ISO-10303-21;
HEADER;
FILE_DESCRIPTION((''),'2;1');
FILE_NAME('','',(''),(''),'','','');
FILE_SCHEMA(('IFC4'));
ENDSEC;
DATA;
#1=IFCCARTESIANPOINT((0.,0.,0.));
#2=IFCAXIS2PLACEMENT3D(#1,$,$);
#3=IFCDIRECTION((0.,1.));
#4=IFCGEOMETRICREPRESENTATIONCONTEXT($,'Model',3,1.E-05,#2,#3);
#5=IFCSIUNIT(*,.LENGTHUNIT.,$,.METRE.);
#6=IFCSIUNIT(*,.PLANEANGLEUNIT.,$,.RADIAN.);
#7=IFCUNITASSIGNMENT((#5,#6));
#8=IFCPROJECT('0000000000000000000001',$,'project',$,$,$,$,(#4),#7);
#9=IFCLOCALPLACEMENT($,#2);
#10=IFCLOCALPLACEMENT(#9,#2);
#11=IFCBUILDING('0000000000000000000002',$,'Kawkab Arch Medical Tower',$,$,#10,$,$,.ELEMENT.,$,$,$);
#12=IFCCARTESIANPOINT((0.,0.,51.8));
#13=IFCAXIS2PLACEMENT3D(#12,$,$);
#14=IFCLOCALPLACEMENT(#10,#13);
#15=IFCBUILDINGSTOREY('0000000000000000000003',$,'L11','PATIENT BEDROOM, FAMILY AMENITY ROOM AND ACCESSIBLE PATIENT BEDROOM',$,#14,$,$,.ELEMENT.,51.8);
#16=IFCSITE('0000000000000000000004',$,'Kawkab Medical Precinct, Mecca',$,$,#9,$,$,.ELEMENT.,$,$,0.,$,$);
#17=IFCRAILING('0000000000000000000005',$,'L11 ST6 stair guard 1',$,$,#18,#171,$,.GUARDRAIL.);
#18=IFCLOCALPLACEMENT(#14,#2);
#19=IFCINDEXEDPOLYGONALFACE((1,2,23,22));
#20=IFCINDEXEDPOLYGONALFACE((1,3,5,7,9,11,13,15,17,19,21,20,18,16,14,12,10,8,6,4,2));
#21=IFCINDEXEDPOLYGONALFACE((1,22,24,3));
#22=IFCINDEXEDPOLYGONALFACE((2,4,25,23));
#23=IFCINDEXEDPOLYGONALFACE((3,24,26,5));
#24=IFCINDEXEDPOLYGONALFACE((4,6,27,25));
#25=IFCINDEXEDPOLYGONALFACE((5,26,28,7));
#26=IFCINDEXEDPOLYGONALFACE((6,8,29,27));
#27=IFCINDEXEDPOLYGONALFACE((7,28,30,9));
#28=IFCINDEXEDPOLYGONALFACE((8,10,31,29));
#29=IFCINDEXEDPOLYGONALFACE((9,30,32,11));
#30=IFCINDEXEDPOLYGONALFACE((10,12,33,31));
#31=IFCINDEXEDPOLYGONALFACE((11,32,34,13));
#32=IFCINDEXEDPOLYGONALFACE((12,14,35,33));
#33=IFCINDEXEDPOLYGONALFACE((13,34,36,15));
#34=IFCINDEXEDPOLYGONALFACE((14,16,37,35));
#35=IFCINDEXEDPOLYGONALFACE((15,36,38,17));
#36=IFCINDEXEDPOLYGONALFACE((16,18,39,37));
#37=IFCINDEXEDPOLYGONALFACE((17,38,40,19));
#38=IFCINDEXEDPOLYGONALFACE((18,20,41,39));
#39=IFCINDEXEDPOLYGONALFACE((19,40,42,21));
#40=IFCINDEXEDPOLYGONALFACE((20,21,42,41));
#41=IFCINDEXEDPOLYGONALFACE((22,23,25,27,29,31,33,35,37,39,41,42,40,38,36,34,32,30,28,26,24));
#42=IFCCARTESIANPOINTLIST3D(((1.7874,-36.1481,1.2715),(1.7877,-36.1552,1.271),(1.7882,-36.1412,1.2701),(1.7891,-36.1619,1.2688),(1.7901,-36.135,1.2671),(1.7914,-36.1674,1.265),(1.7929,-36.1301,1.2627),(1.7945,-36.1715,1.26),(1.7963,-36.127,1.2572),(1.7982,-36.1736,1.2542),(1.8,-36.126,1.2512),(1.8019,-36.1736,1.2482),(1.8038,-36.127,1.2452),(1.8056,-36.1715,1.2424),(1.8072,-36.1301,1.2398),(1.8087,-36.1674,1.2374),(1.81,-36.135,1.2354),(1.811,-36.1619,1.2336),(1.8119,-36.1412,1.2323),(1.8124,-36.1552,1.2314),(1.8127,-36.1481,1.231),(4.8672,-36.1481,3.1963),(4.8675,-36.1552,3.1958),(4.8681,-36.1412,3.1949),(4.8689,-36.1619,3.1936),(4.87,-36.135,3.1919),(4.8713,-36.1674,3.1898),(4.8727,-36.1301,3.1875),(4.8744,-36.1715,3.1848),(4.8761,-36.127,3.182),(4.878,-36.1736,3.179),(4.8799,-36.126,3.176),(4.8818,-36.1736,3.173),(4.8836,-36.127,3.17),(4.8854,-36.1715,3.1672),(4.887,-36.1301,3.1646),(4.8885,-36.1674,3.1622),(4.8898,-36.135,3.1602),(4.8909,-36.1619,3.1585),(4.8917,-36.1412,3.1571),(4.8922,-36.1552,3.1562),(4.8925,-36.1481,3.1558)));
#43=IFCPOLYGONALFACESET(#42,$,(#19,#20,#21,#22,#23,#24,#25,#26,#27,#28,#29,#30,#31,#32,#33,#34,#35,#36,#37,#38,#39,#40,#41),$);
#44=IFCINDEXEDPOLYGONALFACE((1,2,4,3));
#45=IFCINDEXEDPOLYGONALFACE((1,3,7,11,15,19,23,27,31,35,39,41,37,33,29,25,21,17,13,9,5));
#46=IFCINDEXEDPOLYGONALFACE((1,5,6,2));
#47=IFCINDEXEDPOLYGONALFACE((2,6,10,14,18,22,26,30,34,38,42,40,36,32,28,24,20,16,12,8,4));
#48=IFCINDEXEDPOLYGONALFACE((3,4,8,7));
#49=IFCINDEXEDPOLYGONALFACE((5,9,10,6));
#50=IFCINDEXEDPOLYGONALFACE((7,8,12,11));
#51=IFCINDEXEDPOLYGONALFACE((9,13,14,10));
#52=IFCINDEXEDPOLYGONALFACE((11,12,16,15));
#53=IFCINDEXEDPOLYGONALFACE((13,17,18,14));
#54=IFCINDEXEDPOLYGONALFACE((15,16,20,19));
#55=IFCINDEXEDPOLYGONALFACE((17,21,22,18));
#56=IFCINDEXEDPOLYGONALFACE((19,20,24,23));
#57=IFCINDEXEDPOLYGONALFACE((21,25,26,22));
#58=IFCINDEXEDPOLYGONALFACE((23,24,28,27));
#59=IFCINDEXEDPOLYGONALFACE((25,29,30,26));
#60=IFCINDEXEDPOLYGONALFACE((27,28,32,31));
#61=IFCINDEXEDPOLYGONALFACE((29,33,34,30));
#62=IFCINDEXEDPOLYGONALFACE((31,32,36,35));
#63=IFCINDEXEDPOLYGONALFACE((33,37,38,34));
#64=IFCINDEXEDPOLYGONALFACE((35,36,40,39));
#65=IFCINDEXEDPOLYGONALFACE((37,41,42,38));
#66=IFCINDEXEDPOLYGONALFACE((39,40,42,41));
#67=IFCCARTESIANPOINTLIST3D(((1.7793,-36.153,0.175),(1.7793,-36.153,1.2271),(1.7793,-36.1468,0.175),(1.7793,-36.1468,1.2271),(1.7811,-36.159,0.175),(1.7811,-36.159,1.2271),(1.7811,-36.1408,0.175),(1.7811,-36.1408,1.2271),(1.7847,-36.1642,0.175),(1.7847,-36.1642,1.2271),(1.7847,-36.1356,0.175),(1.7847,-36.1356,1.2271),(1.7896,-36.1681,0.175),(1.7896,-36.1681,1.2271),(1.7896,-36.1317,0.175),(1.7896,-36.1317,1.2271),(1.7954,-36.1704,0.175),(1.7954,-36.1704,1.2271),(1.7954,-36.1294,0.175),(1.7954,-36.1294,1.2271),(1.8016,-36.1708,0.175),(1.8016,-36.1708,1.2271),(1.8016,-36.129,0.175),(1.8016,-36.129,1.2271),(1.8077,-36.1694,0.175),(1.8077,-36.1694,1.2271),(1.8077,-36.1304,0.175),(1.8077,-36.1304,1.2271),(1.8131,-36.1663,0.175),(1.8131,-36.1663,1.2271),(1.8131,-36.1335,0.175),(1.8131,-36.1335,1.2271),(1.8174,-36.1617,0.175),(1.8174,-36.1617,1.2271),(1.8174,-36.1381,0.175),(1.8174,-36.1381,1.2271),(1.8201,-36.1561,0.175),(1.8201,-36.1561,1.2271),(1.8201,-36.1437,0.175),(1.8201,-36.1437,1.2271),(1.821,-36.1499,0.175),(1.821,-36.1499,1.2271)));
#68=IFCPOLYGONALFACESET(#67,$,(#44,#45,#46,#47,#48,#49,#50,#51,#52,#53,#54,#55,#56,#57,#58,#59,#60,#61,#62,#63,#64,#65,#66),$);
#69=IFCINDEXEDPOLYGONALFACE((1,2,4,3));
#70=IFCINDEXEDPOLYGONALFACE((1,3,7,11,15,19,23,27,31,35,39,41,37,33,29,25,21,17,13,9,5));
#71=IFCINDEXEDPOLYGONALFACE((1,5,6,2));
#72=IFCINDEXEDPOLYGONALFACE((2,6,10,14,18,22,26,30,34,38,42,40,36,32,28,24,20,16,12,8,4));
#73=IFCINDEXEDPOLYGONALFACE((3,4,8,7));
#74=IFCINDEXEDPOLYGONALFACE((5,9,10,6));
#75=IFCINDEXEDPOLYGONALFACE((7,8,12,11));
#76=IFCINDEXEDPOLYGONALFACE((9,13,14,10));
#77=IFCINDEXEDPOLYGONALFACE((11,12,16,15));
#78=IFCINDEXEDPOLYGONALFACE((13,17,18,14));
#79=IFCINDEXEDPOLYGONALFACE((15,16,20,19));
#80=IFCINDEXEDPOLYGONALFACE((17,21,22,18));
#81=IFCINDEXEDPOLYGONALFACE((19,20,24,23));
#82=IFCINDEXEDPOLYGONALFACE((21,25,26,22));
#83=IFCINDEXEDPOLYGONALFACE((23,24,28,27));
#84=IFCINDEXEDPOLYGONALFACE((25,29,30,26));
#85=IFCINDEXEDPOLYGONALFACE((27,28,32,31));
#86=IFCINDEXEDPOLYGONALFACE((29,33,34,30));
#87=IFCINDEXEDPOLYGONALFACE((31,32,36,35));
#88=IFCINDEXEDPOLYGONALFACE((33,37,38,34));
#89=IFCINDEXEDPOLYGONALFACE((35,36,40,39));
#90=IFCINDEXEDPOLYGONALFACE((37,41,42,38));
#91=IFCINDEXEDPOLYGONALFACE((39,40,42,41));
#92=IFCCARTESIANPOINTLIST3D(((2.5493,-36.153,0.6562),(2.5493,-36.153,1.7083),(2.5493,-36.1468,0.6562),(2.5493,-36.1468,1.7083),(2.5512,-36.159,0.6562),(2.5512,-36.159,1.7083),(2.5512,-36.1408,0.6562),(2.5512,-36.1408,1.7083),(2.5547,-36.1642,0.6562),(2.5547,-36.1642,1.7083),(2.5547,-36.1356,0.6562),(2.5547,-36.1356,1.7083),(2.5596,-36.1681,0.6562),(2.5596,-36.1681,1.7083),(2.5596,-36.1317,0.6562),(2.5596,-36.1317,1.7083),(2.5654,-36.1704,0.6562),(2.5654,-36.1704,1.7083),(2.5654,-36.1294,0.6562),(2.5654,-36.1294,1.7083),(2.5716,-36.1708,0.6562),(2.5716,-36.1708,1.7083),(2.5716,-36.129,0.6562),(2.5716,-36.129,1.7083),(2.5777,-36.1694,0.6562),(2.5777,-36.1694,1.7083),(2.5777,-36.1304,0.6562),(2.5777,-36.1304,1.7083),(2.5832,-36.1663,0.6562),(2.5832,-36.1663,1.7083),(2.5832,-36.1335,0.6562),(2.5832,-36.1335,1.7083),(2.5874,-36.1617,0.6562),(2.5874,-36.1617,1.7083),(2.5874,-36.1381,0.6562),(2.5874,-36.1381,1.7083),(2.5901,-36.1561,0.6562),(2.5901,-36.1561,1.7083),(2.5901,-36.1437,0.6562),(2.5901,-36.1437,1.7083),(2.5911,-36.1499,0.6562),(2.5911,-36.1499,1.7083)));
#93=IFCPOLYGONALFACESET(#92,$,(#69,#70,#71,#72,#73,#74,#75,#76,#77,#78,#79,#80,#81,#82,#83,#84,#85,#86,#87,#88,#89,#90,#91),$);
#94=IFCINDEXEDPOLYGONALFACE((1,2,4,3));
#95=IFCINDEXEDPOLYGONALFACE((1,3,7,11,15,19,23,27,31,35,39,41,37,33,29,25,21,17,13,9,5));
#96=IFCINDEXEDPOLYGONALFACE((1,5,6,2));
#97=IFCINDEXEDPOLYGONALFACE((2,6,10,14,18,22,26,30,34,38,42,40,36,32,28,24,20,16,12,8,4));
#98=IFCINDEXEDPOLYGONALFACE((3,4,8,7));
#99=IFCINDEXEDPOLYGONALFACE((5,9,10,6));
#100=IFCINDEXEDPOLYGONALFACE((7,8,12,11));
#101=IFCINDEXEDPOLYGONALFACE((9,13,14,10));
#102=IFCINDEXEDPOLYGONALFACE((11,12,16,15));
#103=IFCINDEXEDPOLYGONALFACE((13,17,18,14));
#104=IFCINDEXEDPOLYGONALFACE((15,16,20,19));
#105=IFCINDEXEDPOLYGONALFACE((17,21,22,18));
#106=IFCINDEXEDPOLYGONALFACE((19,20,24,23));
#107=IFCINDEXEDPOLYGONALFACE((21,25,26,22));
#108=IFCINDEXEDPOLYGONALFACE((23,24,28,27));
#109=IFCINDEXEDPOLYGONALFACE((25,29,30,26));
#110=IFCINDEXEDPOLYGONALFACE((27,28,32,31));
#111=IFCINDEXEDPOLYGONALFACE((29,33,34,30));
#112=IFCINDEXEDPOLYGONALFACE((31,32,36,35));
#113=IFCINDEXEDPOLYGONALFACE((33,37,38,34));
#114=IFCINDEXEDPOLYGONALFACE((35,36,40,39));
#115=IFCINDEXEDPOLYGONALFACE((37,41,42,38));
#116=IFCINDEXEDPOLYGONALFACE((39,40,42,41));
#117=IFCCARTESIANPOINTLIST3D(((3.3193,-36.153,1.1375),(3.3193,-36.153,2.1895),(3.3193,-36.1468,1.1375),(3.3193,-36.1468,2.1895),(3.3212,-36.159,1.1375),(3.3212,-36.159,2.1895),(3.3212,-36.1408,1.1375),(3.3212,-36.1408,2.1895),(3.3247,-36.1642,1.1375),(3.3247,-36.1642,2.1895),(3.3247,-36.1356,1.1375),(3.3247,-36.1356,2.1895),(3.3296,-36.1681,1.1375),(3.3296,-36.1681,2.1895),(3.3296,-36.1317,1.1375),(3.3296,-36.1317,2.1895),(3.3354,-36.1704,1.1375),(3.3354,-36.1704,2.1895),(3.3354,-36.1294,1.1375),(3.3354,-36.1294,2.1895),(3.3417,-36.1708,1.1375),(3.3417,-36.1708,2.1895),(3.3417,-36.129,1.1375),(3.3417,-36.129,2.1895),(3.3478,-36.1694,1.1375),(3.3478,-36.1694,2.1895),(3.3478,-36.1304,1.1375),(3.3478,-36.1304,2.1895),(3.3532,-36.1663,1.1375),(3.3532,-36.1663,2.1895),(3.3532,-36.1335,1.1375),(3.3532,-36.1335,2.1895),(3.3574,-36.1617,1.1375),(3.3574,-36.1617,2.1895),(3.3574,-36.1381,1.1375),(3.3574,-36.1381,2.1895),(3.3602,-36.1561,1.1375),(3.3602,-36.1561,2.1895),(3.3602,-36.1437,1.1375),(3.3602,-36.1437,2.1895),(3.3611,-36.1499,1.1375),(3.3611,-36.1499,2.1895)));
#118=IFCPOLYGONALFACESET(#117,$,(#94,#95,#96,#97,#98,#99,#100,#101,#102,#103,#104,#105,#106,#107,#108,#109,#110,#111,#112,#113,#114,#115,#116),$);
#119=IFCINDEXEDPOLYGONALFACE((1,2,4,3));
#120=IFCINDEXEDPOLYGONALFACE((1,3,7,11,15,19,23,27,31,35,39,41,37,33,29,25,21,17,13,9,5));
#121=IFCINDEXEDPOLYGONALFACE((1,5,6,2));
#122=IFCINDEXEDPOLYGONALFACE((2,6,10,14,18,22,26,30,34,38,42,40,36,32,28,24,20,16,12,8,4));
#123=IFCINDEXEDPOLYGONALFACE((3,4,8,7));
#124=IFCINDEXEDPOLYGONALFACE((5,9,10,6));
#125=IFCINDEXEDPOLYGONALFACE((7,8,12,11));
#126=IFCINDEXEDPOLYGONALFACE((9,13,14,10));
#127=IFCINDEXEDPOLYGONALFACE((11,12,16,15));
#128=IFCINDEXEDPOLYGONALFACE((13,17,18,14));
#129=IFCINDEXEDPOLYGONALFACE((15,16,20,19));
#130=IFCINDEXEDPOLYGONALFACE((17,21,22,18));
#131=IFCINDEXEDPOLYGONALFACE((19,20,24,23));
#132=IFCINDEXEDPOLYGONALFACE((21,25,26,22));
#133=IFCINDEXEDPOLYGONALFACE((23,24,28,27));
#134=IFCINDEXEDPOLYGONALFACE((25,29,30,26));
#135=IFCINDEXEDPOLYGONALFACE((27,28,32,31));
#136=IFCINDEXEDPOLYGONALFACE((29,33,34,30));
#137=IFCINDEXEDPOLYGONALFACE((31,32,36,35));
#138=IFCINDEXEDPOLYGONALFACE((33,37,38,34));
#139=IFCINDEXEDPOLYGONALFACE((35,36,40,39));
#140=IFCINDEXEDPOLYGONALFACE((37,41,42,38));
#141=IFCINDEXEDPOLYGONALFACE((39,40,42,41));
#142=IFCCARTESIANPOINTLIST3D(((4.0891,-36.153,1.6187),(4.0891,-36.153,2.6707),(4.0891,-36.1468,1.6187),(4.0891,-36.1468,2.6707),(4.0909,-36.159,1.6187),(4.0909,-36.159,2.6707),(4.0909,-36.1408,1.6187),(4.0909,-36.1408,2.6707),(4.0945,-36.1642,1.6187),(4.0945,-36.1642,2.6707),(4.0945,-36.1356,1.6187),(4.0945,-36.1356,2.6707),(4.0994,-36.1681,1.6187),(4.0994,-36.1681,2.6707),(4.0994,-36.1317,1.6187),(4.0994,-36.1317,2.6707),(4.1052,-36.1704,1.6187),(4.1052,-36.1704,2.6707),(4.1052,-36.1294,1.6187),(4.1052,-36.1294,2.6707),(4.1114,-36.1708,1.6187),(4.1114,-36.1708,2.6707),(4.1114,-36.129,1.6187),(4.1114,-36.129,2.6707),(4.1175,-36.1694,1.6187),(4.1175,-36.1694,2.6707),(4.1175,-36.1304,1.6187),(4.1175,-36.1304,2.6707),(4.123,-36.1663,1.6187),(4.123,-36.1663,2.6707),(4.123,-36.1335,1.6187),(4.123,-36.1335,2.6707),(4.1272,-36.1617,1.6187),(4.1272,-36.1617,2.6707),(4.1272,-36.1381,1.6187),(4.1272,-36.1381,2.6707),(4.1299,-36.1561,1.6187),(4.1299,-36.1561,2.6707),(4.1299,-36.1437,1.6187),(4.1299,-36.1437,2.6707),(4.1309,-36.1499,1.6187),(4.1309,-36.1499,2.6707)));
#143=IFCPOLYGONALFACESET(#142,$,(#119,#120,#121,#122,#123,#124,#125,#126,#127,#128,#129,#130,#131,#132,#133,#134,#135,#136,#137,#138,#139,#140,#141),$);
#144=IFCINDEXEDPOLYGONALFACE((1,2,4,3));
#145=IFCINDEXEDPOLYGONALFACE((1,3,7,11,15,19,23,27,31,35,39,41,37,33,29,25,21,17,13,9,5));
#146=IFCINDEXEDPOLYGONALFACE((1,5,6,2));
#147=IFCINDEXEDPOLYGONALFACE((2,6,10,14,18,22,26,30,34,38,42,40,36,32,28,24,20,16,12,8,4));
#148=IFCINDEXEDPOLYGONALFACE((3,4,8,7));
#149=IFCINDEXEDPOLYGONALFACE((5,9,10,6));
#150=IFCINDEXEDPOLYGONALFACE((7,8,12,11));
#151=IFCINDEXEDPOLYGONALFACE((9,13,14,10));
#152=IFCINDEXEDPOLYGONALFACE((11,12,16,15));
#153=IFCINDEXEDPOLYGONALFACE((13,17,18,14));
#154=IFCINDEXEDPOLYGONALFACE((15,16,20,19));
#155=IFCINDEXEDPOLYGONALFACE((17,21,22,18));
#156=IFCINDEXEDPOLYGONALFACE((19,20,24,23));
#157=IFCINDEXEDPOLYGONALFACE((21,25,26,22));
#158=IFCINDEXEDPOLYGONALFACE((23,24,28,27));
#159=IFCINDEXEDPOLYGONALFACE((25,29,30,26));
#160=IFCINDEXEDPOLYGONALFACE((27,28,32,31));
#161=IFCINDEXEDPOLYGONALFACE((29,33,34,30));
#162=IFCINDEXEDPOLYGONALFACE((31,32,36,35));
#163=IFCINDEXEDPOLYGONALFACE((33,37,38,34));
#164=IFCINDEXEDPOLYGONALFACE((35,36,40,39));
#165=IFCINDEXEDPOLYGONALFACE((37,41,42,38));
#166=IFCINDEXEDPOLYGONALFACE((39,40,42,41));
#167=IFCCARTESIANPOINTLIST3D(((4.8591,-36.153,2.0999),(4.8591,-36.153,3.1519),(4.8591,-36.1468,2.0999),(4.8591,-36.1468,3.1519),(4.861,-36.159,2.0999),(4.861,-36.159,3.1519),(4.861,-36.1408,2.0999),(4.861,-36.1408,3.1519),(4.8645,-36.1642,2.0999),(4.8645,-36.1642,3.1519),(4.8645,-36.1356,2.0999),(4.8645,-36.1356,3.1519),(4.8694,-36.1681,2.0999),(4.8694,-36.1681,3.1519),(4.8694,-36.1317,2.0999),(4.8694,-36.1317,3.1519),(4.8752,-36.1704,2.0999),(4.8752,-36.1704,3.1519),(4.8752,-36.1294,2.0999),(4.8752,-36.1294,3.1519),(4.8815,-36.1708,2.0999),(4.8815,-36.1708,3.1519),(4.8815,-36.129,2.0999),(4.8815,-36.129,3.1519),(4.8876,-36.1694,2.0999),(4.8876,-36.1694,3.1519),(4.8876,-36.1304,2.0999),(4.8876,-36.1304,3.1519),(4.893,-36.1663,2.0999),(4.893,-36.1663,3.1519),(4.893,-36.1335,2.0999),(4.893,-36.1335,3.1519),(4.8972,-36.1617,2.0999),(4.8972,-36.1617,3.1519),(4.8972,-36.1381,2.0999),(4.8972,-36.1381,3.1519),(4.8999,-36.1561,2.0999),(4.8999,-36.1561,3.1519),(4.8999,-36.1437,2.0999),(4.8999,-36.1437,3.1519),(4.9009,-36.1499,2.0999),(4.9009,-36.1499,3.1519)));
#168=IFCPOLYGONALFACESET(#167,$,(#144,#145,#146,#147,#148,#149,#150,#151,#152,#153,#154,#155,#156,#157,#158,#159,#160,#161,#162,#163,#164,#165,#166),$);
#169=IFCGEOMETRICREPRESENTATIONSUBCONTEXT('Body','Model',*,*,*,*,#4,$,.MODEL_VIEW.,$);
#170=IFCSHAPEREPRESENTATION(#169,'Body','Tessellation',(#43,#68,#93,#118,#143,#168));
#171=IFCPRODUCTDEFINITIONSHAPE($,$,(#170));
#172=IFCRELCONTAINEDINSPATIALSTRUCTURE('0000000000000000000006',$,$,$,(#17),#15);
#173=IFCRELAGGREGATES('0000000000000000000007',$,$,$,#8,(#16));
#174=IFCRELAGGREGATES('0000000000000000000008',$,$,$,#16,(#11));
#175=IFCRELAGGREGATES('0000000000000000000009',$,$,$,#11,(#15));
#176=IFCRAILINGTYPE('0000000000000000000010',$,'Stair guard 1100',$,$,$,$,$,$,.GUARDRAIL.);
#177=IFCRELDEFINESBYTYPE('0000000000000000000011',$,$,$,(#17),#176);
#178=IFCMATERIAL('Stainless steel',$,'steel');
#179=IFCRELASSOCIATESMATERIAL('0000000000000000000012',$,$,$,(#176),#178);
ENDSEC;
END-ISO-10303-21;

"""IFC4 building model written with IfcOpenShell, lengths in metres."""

from ifc_helpers import new_model, si_unit, direction, frame, origin, origin_2d, place, context, subcontext, project, spatial, circle, extrude, material, type_object, element, save


model = new_model("IFC4")

# Units and contexts
model_context = context("Model", 3, precision=1e-05, world=origin(), true_north=direction((0.0, 1.0)))
body_context = subcontext(model_context, "Body", "Model", "MODEL_VIEW")
ifc_project = project(units=[si_unit("LENGTHUNIT", "METRE"), si_unit("PLANEANGLEUNIT", "RADIAN")], contexts=[model_context])

# Site, building, storey
site_placement = place(None, origin())
site = spatial("IfcSite", under=ifc_project, at=site_placement, Name="Kawkab Medical Precinct, Mecca", CompositionType="ELEMENT", RefElevation=0.0)
building_placement = place(site_placement, origin())
building = spatial("IfcBuilding", under=site, at=building_placement, Name="Kawkab Arch Medical Tower", CompositionType="ELEMENT")
storey_placement = place(building_placement, frame((0.0, 0.0, 51.8)))
storey = spatial("IfcBuildingStorey", under=building, at=storey_placement, Name="L11", Description="PATIENT BEDROOM, FAMILY AMENITY ROOM AND ACCESSIBLE PATIENT BEDROOM", CompositionType="ELEMENT", Elevation=51.8)

# Railing
ifc_material_1 = material(Name="Stainless steel", Category="steel")
railing_type = type_object("IfcRailingType", Name="Stair guard 1100", PredefinedType="GUARDRAIL", material=ifc_material_1)
railing_1_placement = place(storey_placement, frame((1.8, -36.1499, 0.175)))
element("IfcRailing", 1, at=railing_1_placement, inside=storey, type_object=railing_type, Name="L11 ST6 stair guard 1", PredefinedType="GUARDRAIL", context=body_context, shape_type="SweptSolid", body=[
    extrude(circle(Radius=0.0239, at=origin_2d()), frame((0.0, 0.0, 1.0762), z_axis=(0.84801, 0.0, 0.529981), x_axis=(0.0, 1.0, 0.0)), (0.0, 0.0, 1.0), 3.6318),
    extrude(circle(Radius=0.021, at=origin_2d()), origin(), (0.0, 0.0, 1.0), 1.052),
    extrude(circle(Radius=0.021, at=origin_2d()), frame((0.77, 0.0, 0.4812)), (0.0, 0.0, 1.0), 1.052),
    extrude(circle(Radius=0.021, at=origin_2d()), frame((1.54, 0.0, 0.9624)), (0.0, 0.0, 1.0), 1.052),
    extrude(circle(Radius=0.021, at=origin_2d()), frame((2.3098, 0.0, 1.4436)), (0.0, 0.0, 1.0), 1.052),
    extrude(circle(Radius=0.021, at=origin_2d()), frame((3.0798, 0.0, 1.9248)), (0.0, 0.0, 1.0), 1.052),
])

save(model, "model.ifc")
